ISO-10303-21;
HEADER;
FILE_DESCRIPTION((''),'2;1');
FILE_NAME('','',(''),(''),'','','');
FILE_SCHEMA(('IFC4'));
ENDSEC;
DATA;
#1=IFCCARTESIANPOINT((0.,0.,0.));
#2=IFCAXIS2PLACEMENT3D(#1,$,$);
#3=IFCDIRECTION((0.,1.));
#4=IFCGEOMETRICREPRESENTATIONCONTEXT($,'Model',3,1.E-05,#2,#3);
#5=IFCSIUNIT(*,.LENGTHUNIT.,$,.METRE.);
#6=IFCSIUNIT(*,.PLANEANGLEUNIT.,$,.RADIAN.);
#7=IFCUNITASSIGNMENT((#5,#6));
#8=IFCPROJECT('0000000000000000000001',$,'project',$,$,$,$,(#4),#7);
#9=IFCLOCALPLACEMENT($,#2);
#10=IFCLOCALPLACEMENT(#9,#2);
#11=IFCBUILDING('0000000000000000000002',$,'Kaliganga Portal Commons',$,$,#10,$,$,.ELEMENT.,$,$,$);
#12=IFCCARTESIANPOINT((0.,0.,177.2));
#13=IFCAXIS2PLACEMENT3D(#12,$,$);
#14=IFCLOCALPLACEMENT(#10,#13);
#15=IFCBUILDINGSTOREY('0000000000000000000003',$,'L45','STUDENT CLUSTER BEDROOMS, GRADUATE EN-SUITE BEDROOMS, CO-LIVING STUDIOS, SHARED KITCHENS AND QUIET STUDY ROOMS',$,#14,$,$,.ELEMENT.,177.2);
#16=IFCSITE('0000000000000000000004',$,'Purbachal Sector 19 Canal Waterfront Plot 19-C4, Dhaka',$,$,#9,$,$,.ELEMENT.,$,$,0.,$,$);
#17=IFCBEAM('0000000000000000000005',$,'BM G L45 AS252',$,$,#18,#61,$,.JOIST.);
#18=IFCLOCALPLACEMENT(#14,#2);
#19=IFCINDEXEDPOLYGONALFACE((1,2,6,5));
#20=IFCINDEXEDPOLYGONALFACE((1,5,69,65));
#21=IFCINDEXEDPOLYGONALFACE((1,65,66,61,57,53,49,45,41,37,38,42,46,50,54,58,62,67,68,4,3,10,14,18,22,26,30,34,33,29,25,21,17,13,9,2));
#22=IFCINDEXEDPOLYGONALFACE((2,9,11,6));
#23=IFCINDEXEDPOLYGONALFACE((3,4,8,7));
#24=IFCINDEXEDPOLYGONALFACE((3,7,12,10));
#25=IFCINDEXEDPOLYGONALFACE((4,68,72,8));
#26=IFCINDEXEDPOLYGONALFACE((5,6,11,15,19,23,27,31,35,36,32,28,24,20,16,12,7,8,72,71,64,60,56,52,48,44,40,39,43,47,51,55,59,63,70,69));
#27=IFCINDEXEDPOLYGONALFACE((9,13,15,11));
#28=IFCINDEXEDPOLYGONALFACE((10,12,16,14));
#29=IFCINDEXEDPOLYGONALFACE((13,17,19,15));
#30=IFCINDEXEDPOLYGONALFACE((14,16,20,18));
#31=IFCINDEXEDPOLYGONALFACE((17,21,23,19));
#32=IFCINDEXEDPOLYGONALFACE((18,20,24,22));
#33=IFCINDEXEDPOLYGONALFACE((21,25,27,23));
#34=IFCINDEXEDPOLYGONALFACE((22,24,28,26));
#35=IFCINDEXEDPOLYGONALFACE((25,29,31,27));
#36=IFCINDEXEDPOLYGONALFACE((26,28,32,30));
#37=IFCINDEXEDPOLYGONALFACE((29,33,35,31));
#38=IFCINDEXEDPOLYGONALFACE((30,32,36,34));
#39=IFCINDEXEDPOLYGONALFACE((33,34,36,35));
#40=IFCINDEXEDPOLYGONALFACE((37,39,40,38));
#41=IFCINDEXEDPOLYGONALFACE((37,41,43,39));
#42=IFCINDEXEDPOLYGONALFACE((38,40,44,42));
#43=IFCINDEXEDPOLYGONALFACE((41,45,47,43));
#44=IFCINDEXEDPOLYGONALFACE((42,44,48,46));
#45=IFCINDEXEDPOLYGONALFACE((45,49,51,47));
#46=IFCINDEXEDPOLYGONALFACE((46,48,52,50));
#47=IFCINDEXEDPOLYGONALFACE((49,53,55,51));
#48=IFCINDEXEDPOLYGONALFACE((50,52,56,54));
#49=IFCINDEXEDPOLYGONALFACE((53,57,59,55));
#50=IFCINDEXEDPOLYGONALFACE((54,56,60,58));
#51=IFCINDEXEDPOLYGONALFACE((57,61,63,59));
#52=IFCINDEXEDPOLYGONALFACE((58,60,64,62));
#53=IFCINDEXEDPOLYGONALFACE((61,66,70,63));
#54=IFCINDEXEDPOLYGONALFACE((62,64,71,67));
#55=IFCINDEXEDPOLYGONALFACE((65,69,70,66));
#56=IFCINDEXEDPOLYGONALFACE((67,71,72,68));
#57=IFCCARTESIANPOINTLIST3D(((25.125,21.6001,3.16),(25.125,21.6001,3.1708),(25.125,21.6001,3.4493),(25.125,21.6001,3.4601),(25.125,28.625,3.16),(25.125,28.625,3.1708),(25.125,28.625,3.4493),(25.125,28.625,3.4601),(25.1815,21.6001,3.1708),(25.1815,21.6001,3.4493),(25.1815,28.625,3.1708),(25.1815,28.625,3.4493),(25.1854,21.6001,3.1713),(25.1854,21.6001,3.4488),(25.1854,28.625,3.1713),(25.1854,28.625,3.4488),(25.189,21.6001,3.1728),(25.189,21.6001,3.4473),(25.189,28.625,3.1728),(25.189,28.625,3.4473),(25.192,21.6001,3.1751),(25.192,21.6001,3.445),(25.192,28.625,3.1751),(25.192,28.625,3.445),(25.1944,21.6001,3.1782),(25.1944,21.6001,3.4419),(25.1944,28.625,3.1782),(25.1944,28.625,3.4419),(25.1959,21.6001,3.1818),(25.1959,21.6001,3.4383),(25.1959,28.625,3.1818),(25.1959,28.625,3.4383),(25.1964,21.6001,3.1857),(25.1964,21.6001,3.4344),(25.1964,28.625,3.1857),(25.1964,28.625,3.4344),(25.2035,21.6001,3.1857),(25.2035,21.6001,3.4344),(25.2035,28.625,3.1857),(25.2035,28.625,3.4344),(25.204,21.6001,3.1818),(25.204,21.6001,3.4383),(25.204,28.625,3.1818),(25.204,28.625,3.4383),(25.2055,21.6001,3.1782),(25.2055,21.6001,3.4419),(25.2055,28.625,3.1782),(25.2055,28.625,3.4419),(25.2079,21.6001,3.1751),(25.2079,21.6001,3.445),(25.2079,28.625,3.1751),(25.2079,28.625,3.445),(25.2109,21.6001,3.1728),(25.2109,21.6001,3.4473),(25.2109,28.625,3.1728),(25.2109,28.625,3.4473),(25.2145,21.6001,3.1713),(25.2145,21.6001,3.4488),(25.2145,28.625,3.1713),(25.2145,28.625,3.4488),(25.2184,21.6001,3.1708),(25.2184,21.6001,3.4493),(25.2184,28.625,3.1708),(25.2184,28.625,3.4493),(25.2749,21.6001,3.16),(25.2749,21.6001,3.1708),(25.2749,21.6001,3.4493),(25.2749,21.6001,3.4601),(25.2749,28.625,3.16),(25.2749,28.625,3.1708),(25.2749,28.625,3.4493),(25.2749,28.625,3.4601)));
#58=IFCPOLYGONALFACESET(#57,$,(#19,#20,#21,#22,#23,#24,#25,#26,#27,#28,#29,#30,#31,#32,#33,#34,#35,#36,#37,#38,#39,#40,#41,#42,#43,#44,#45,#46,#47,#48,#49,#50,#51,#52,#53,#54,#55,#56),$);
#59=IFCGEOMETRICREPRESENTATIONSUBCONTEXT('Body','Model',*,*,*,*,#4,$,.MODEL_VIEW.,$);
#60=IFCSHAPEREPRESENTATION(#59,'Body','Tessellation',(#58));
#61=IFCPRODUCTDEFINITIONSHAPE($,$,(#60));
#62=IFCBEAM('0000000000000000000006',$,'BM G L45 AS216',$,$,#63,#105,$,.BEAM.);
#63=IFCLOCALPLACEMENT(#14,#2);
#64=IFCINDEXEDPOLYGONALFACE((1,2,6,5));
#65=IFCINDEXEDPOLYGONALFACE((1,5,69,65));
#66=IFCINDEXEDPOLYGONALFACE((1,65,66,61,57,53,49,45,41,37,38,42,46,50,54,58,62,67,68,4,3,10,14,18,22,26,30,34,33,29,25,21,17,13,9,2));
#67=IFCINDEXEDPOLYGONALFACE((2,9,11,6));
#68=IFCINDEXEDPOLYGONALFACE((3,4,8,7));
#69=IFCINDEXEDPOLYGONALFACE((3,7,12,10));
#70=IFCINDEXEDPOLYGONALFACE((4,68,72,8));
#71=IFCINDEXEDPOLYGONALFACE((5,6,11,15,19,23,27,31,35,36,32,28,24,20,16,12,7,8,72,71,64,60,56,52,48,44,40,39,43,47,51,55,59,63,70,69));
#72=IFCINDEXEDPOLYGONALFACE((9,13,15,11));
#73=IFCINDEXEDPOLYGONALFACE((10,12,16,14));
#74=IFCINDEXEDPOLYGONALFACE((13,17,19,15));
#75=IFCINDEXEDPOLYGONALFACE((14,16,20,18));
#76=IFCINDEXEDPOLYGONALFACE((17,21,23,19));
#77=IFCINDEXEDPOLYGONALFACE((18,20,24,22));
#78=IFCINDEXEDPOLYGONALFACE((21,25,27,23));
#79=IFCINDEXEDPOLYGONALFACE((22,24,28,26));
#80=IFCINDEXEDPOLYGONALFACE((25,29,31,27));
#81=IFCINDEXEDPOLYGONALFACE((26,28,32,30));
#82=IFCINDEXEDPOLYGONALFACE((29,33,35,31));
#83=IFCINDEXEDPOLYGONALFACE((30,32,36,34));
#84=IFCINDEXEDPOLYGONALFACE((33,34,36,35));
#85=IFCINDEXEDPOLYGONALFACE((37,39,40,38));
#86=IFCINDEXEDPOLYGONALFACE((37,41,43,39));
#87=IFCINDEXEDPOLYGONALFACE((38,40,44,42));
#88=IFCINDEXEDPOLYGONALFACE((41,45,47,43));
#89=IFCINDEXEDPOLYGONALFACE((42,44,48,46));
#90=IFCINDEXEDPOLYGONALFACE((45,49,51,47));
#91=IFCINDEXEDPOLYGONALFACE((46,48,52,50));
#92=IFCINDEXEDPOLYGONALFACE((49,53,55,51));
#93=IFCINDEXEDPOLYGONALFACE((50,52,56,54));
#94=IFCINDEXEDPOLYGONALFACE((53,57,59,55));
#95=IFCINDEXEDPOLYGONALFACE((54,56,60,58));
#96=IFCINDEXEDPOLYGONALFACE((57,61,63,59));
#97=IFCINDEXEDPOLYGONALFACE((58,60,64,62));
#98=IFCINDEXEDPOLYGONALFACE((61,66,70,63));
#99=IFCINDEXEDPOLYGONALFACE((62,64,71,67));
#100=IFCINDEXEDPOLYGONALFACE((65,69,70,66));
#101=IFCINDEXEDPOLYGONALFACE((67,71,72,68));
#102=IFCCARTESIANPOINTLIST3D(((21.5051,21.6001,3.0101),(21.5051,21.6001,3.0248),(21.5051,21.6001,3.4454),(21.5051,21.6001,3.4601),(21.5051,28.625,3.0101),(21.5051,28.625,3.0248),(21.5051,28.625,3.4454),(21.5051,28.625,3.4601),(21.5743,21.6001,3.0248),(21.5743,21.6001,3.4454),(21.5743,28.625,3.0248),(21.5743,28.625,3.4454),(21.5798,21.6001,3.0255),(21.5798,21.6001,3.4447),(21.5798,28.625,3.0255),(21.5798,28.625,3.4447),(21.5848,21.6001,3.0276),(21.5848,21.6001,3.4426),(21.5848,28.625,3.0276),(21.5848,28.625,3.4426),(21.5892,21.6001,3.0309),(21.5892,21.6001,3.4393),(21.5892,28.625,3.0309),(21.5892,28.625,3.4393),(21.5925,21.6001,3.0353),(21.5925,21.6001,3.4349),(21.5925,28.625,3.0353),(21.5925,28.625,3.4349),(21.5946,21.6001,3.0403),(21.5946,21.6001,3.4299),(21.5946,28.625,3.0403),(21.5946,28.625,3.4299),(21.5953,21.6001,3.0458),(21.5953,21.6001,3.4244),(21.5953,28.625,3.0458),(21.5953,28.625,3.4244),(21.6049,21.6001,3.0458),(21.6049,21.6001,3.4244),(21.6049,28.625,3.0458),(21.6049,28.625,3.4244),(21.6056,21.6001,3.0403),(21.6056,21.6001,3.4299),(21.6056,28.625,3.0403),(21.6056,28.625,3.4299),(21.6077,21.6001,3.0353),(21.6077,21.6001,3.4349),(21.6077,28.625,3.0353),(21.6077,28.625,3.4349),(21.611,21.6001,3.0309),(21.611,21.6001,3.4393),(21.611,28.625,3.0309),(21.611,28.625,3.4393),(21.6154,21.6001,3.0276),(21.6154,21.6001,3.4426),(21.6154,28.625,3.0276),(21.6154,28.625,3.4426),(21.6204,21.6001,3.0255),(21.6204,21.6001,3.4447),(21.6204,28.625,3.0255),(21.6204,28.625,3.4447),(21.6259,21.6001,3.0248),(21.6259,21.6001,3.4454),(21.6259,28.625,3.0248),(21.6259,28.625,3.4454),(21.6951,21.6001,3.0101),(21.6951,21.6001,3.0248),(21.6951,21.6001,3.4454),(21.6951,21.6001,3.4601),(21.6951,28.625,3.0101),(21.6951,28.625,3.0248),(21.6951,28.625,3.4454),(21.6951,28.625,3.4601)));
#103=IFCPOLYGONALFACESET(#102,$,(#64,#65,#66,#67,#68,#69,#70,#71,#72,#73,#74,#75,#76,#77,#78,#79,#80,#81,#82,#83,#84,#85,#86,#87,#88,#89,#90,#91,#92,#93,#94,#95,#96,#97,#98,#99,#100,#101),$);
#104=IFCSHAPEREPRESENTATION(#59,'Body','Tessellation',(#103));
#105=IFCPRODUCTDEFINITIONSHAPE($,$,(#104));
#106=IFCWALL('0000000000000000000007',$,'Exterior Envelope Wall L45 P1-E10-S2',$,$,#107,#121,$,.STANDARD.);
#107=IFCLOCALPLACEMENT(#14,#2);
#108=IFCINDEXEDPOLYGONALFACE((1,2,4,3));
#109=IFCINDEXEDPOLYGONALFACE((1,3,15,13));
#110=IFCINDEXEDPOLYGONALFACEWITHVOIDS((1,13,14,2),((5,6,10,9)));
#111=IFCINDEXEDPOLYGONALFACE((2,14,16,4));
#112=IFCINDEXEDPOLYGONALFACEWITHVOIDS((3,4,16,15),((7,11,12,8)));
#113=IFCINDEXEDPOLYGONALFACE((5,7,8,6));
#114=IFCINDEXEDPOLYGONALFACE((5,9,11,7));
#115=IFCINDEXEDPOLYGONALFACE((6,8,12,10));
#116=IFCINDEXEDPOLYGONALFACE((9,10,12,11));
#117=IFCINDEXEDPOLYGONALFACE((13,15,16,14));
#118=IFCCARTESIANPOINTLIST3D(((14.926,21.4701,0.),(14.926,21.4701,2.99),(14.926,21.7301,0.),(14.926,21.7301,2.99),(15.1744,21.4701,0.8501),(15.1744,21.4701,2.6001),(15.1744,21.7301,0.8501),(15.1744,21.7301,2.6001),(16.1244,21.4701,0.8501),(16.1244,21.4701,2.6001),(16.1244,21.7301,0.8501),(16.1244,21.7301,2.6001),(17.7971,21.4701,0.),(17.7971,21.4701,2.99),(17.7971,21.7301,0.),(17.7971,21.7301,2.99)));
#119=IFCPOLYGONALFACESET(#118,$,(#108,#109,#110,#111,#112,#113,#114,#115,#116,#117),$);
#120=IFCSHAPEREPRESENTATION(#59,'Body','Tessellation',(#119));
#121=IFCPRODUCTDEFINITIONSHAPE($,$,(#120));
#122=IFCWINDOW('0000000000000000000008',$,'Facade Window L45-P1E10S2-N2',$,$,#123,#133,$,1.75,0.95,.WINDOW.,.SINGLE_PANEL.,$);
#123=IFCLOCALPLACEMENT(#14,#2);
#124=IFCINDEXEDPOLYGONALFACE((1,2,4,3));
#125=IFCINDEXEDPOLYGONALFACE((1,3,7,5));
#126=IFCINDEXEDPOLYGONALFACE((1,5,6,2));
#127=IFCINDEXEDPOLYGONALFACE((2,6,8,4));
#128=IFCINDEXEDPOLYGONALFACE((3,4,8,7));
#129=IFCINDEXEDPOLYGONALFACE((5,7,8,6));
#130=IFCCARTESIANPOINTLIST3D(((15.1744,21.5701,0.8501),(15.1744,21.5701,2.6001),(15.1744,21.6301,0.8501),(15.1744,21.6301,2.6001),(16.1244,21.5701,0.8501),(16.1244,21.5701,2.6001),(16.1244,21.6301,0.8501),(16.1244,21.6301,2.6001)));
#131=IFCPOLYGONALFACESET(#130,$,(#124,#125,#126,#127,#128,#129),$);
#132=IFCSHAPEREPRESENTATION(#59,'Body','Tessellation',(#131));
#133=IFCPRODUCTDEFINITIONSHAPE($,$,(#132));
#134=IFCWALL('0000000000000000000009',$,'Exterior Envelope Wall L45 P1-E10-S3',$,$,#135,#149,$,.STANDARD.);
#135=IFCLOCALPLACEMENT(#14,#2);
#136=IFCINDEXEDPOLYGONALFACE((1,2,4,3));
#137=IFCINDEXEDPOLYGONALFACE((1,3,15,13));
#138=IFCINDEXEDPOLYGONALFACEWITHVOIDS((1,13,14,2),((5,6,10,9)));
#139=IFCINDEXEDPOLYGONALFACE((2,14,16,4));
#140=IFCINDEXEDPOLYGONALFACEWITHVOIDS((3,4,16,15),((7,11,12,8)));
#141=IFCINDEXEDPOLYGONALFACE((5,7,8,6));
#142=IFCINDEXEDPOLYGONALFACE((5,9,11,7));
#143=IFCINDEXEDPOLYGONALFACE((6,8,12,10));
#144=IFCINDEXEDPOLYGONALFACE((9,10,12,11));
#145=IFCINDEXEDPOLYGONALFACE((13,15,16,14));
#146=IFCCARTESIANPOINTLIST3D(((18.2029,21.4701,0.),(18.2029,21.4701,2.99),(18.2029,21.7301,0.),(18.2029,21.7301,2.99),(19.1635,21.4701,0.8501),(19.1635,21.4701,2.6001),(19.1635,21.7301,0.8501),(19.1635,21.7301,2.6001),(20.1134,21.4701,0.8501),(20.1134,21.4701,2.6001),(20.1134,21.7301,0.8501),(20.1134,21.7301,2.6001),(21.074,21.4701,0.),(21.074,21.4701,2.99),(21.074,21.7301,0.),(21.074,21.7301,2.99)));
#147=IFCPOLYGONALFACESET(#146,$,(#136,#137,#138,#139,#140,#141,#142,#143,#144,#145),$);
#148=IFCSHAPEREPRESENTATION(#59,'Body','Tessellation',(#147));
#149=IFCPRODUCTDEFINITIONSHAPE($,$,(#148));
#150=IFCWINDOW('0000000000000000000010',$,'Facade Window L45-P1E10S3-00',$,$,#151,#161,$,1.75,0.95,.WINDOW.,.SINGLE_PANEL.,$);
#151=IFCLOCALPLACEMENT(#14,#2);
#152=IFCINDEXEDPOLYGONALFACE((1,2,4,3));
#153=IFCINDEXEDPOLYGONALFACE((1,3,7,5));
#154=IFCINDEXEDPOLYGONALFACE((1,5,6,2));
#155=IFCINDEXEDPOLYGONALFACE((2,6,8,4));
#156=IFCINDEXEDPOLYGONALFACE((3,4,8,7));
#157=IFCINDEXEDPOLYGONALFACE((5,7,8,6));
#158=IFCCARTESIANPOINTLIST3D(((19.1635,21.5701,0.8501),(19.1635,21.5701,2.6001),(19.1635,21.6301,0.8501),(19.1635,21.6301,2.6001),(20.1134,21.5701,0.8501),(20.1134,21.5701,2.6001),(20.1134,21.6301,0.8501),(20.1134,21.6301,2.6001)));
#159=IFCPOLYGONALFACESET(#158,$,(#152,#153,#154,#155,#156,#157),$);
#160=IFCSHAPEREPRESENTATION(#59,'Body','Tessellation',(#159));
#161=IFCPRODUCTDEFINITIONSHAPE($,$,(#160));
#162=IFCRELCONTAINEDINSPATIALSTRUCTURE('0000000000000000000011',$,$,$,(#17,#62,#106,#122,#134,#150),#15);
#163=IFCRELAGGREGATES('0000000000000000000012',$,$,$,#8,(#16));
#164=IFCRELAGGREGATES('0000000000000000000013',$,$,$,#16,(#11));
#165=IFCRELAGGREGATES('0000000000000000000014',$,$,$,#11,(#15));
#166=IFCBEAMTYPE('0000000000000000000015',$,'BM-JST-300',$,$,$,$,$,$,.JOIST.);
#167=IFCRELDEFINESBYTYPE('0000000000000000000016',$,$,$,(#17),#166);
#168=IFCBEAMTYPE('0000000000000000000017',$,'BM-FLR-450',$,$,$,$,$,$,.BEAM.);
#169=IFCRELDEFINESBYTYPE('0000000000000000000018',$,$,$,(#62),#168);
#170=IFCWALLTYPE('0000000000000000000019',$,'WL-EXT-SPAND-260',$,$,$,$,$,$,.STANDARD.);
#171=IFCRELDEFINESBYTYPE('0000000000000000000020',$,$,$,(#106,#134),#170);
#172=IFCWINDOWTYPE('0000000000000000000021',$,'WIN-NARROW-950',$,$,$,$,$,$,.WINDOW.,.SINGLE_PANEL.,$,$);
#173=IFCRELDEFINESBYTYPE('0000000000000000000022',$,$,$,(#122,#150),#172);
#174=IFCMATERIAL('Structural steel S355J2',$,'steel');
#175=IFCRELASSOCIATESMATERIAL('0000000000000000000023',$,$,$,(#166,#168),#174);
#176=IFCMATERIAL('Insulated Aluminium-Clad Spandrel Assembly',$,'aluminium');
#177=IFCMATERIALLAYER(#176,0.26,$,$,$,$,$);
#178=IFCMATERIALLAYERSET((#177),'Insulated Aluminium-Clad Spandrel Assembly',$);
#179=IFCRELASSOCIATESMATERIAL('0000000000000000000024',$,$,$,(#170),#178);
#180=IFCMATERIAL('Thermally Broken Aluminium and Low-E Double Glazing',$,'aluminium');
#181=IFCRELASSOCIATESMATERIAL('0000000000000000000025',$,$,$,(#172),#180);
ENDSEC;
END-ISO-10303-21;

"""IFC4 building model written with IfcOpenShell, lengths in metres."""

from ifc_helpers import new_model, si_unit, direction, frame, frame_2d, origin, origin_2d, place, context, subcontext, project, spatial, rectangle, i_section, extrude, source, transform, mapped, material, layer, layer_set, material_profile, profile_set, type_object, element, fill, save


model = new_model("IFC4")

# Units and contexts
model_context = context("Model", 3, precision=1e-05, world=origin(), true_north=direction((0.0, 1.0)))
body_context = subcontext(model_context, "Body", "Model", "MODEL_VIEW")
ifc_project = project(units=[si_unit("LENGTHUNIT", "METRE"), si_unit("PLANEANGLEUNIT", "RADIAN")], contexts=[model_context])

# Site, building, storey
site_placement = place(None, origin())
site = spatial("IfcSite", under=ifc_project, at=site_placement, Name="Purbachal Sector 19 Canal Waterfront Plot 19-C4, Dhaka", CompositionType="ELEMENT", RefElevation=0.0)
building_placement = place(site_placement, origin())
building = spatial("IfcBuilding", under=site, at=building_placement, Name="Kaliganga Portal Commons", CompositionType="ELEMENT")
storey_placement = place(building_placement, frame((0.0, 0.0, 177.2)))
storey = spatial("IfcBuildingStorey", under=building, at=storey_placement, Name="L45", Description="STUDENT CLUSTER BEDROOMS, GRADUATE EN-SUITE BEDROOMS, CO-LIVING STUDIOS, SHARED KITCHENS AND QUIET STUDY ROOMS", CompositionType="ELEMENT", Elevation=177.2)

# Beams
ifc_material_1 = material(Name="Structural steel S355J2", Category="steel")
ifc_material_profile_1 = material_profile(ifc_material_1, i_section(OverallWidth=0.1499, OverallDepth=0.3, WebThickness=0.0071, FlangeThickness=0.0107, FilletRadius=0.0149, at=origin_2d()), Name="IPE 300")
ifc_profile_set_1 = profile_set([ifc_material_profile_1], Name="Structural steel S355J2 wide-flange")
beam_type_1 = type_object("IfcBeamType", Name="BM-JST-300", PredefinedType="JOIST", material=ifc_profile_set_1)
shared_shape_1 = source(origin(), body_context, "Body", "SweptSolid", [
    extrude(i_section(OverallWidth=0.1499, OverallDepth=0.3, WebThickness=0.0071, FlangeThickness=0.0107, FilletRadius=0.0149, at=origin_2d()), origin(), (0.0, 0.0, 1.0), 7.0249),
])
for number, where, z_axis, x_axis, name in (
    (1, (25.2, 21.6001, 3.3101), (0.0, 1.0, 0.0), (-1.0, 0.0, 0.0), "BM G L45 AS252"),
):
    element("IfcBeam", number, at=place(storey_placement, frame(where, z_axis=z_axis, x_axis=x_axis)), inside=storey, type_object=beam_type_1, Name=name, PredefinedType="JOIST", context=body_context, shape_type="MappedRepresentation", body=[
        mapped(shared_shape_1, transform((0.0, 0.0, 0.0), x_axis=(1.0, 0.0, 0.0), y_axis=(0.0, 1.0, 0.0), z_axis=(0.0, 0.0, 1.0), scale=1.0)),
    ])
ifc_material_profile_2 = material_profile(ifc_material_1, i_section(OverallWidth=0.1899, OverallDepth=0.45, WebThickness=0.0095, FlangeThickness=0.0146, FilletRadius=0.021, at=origin_2d()), Name="IPE 450")
ifc_profile_set_2 = profile_set([ifc_material_profile_2], Name="Structural steel S355J2 wide-flange")
beam_type_2 = type_object("IfcBeamType", Name="BM-FLR-450", PredefinedType="BEAM", material=ifc_profile_set_2)
shared_shape_2 = source(origin(), body_context, "Body", "SweptSolid", [
    extrude(i_section(OverallWidth=0.1899, OverallDepth=0.45, WebThickness=0.0095, FlangeThickness=0.0146, FilletRadius=0.021, at=origin_2d()), origin(), (0.0, 0.0, 1.0), 7.0249),
])
beam_placement = place(storey_placement, frame((21.6001, 21.6001, 3.2351), z_axis=(0.0, 1.0, 0.0), x_axis=(-1.0, 0.0, 0.0)))
element("IfcBeam", 2, at=beam_placement, inside=storey, type_object=beam_type_2, Name="BM G L45 AS216", PredefinedType="BEAM", context=body_context, shape_type="MappedRepresentation", body=[
    mapped(shared_shape_2, transform((0.0, 0.0, 0.0), x_axis=(1.0, 0.0, 0.0), y_axis=(0.0, 1.0, 0.0), z_axis=(0.0, 0.0, 1.0), scale=1.0)),
])

# Walls, openings, windows
ifc_material_2 = material(Name="Insulated Aluminium-Clad Spandrel Assembly", Category="aluminium")
ifc_layer_1 = layer(ifc_material_2, 0.26)
ifc_layer_set_1 = layer_set([ifc_layer_1], Name="Insulated Aluminium-Clad Spandrel Assembly")
wall_type_1 = type_object("IfcWallType", Name="WL-EXT-SPAND-260", PredefinedType="STANDARD", material=ifc_layer_set_1)
wall_1_placement = place(storey_placement, frame((17.7971, 21.6001, 0.0), z_axis=(0.0, 0.0, 1.0), x_axis=(-1.0, 0.0, 0.0)))
wall_1 = element("IfcWall", 3, at=wall_1_placement, inside=storey, type_object=wall_type_1, Name="Exterior Envelope Wall L45 P1-E10-S2", PredefinedType="STANDARD", context=body_context, shape_type="SweptSolid", body=[
    extrude(rectangle(XDim=2.8711, YDim=0.26, at=frame_2d((1.4355, 0.0))), origin(), (0.0, 0.0, 1.0), 2.99),
])
opening_1_placement = place(wall_1_placement, frame((1.6726, 0.0, 0.8501)))
opening_1 = element("IfcOpeningElement", 4, at=opening_1_placement, cuts=wall_1, PredefinedType="OPENING", context=body_context, shape_type="SweptSolid", body=[
    extrude(rectangle(XDim=0.95, YDim=1.75, at=frame_2d((0.4751, 0.875))), frame((0.0, 0.1401, 0.0), z_axis=(0.0, -1.0, 0.0), x_axis=(1.0, 0.0, 0.0)), (0.0, 0.0, 1.0), 0.28),
])
ifc_material_3 = material(Name="Thermally Broken Aluminium and Low-E Double Glazing", Category="aluminium")
window_type_1 = type_object("IfcWindowType", Name="WIN-NARROW-950", PartitioningType="SINGLE_PANEL", PredefinedType="WINDOW", material=ifc_material_3)
window_1_placement = place(opening_1_placement, origin())
window_1 = element("IfcWindow", 5, at=window_1_placement, inside=storey, type_object=window_type_1, Name="Facade Window L45-P1E10S2-N2", OverallHeight=1.75, OverallWidth=0.95, PartitioningType="SINGLE_PANEL", PredefinedType="WINDOW", context=body_context, shape_type="SweptSolid", body=[
    extrude(rectangle(XDim=0.95, YDim=1.75, at=frame_2d((0.4751, 0.875))), frame((0.0, 0.03, 0.0), z_axis=(0.0, -1.0, 0.0), x_axis=(1.0, 0.0, 0.0)), (0.0, 0.0, 1.0), 0.0601),
])
fill(opening_1, window_1)
wall_2_placement = place(storey_placement, frame((21.074, 21.6001, 0.0), z_axis=(0.0, 0.0, 1.0), x_axis=(-1.0, 0.0, 0.0)))
wall_2 = element("IfcWall", 6, at=wall_2_placement, inside=storey, type_object=wall_type_1, Name="Exterior Envelope Wall L45 P1-E10-S3", PredefinedType="STANDARD", context=body_context, shape_type="SweptSolid", body=[
    extrude(rectangle(XDim=2.8711, YDim=0.26, at=frame_2d((1.4355, 0.0))), origin(), (0.0, 0.0, 1.0), 2.99),
])
opening_2_placement = place(wall_2_placement, frame((0.9604, 0.0, 0.8501)))
opening_2 = element("IfcOpeningElement", 7, at=opening_2_placement, cuts=wall_2, PredefinedType="OPENING", context=body_context, shape_type="SweptSolid", body=[
    extrude(rectangle(XDim=0.95, YDim=1.75, at=frame_2d((0.4751, 0.875))), frame((0.0, 0.1401, 0.0), z_axis=(0.0, -1.0, 0.0), x_axis=(1.0, 0.0, 0.0)), (0.0, 0.0, 1.0), 0.28),
])
window_2_placement = place(opening_2_placement, origin())
window_2 = element("IfcWindow", 8, at=window_2_placement, inside=storey, type_object=window_type_1, Name="Facade Window L45-P1E10S3-00", OverallHeight=1.75, OverallWidth=0.95, PartitioningType="SINGLE_PANEL", PredefinedType="WINDOW", context=body_context, shape_type="SweptSolid", body=[
    extrude(rectangle(XDim=0.95, YDim=1.75, at=frame_2d((0.4751, 0.875))), frame((0.0, 0.03, 0.0), z_axis=(0.0, -1.0, 0.0), x_axis=(1.0, 0.0, 0.0)), (0.0, 0.0, 1.0), 0.0601),
])
fill(opening_2, window_2)

save(model, "model.ifc")
